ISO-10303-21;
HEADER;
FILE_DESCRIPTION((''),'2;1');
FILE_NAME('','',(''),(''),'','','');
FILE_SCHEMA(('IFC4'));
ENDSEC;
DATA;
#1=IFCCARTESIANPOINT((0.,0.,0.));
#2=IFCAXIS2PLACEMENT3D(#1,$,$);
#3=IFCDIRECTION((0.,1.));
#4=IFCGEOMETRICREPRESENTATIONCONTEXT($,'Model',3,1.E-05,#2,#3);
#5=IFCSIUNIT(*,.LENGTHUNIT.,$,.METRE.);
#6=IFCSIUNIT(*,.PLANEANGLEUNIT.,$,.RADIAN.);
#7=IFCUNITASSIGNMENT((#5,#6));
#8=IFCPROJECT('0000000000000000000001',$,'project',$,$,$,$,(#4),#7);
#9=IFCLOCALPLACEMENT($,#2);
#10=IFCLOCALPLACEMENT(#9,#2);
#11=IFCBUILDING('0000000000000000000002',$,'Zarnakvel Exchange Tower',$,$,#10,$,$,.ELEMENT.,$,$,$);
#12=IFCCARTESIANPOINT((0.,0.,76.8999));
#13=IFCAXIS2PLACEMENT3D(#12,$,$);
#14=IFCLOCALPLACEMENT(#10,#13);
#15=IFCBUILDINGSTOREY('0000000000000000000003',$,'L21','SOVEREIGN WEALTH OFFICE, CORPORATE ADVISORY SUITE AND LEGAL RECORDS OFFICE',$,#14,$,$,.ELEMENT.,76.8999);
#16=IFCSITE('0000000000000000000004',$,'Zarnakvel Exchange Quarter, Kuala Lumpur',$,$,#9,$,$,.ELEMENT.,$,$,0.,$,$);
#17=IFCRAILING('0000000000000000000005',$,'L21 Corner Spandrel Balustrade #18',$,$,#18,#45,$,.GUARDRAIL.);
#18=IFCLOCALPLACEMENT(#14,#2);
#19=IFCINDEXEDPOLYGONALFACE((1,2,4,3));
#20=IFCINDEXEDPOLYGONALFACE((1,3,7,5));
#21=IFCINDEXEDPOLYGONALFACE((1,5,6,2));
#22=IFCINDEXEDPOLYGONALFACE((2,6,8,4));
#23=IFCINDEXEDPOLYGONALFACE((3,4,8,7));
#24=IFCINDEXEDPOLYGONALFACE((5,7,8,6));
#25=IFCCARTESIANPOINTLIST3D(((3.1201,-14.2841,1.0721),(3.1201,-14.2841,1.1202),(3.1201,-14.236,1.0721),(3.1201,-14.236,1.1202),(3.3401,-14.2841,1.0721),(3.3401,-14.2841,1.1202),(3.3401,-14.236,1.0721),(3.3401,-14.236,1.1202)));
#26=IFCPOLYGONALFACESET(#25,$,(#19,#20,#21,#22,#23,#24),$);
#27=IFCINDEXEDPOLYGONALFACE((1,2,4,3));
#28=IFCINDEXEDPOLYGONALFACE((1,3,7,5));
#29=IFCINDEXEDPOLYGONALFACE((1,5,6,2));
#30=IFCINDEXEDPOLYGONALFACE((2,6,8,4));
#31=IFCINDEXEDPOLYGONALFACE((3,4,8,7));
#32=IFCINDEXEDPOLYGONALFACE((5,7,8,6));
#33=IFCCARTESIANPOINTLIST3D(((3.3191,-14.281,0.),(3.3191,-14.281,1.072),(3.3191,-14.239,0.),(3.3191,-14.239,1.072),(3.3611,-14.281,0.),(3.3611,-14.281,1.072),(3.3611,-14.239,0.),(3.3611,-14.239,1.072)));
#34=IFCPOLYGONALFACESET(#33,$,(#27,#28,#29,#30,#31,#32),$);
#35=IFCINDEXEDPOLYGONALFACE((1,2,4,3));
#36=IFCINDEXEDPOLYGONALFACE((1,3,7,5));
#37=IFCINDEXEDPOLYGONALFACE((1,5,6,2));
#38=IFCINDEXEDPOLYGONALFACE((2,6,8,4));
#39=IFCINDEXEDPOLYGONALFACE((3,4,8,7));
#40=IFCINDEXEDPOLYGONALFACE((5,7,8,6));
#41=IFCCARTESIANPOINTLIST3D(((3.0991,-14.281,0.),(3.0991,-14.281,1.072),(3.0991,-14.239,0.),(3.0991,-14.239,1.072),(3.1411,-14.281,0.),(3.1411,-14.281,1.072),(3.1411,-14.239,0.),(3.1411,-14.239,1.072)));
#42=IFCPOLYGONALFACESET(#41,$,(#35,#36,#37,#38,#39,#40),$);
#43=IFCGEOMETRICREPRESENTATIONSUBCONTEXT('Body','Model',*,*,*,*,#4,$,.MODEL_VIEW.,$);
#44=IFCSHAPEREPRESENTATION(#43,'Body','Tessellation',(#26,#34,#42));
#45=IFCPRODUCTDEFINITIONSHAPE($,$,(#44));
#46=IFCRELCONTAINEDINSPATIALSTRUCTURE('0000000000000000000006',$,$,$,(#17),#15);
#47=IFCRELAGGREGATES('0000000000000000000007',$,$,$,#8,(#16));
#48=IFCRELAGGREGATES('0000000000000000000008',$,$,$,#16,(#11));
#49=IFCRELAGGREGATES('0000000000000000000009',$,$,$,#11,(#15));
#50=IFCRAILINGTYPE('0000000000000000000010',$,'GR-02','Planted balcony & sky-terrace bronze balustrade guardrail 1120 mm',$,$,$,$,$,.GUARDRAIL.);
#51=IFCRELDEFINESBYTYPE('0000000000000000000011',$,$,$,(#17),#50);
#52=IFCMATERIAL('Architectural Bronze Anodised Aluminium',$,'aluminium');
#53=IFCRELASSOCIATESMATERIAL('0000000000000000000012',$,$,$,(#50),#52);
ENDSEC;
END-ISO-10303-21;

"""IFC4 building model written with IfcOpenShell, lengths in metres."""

from ifc_helpers import new_model, si_unit, direction, frame, origin, origin_2d, place, context, subcontext, project, spatial, rectangle, extrude, material, type_object, element, save


model = new_model("IFC4")

# Units and contexts
model_context = context("Model", 3, precision=1e-05, world=origin(), true_north=direction((0.0, 1.0)))
body_context = subcontext(model_context, "Body", "Model", "MODEL_VIEW")
ifc_project = project(units=[si_unit("LENGTHUNIT", "METRE"), si_unit("PLANEANGLEUNIT", "RADIAN")], contexts=[model_context])

# Site, building, storey
site_placement = place(None, origin())
site = spatial("IfcSite", under=ifc_project, at=site_placement, Name="Zarnakvel Exchange Quarter, Kuala Lumpur", CompositionType="ELEMENT", RefElevation=0.0)
building_placement = place(site_placement, origin())
building = spatial("IfcBuilding", under=site, at=building_placement, Name="Zarnakvel Exchange Tower", CompositionType="ELEMENT")
storey_placement = place(building_placement, frame((0.0, 0.0, 76.8999)))
storey = spatial("IfcBuildingStorey", under=building, at=storey_placement, Name="L21", Description="SOVEREIGN WEALTH OFFICE, CORPORATE ADVISORY SUITE AND LEGAL RECORDS OFFICE", CompositionType="ELEMENT", Elevation=76.8999)

# Shared definitions
ifc_material_1 = material(Name="Architectural Bronze Anodised Aluminium", Category="aluminium")

# Railing
railing_type = type_object("IfcRailingType", Name="GR-02", Description="Planted balcony & sky-terrace bronze balustrade guardrail 1120 mm", PredefinedType="GUARDRAIL", material=ifc_material_1)
railing_1_placement = place(storey_placement, frame((3.3401, -14.26, 0.0)))
element("IfcRailing", 1, at=railing_1_placement, inside=storey, type_object=railing_type, Name="L21 Corner Spandrel Balustrade #18", PredefinedType="GUARDRAIL", context=body_context, shape_type="SweptSolid", body=[
    extrude(rectangle(XDim=0.0481, YDim=0.0481, at=origin_2d()), frame((0.0, 0.0, 1.0962), z_axis=(-1.0, 0.0, 0.0), x_axis=(0.0, -1.0, 0.0)), (0.0, 0.0, 1.0), 0.22),
    extrude(rectangle(XDim=0.042, YDim=0.042, at=origin_2d()), origin(), (0.0, 0.0, 1.0), 1.072),
    extrude(rectangle(XDim=0.042, YDim=0.042, at=origin_2d()), frame((-0.22, 0.0, 0.0)), (0.0, 0.0, 1.0), 1.072),
])

save(model, "model.ifc")
